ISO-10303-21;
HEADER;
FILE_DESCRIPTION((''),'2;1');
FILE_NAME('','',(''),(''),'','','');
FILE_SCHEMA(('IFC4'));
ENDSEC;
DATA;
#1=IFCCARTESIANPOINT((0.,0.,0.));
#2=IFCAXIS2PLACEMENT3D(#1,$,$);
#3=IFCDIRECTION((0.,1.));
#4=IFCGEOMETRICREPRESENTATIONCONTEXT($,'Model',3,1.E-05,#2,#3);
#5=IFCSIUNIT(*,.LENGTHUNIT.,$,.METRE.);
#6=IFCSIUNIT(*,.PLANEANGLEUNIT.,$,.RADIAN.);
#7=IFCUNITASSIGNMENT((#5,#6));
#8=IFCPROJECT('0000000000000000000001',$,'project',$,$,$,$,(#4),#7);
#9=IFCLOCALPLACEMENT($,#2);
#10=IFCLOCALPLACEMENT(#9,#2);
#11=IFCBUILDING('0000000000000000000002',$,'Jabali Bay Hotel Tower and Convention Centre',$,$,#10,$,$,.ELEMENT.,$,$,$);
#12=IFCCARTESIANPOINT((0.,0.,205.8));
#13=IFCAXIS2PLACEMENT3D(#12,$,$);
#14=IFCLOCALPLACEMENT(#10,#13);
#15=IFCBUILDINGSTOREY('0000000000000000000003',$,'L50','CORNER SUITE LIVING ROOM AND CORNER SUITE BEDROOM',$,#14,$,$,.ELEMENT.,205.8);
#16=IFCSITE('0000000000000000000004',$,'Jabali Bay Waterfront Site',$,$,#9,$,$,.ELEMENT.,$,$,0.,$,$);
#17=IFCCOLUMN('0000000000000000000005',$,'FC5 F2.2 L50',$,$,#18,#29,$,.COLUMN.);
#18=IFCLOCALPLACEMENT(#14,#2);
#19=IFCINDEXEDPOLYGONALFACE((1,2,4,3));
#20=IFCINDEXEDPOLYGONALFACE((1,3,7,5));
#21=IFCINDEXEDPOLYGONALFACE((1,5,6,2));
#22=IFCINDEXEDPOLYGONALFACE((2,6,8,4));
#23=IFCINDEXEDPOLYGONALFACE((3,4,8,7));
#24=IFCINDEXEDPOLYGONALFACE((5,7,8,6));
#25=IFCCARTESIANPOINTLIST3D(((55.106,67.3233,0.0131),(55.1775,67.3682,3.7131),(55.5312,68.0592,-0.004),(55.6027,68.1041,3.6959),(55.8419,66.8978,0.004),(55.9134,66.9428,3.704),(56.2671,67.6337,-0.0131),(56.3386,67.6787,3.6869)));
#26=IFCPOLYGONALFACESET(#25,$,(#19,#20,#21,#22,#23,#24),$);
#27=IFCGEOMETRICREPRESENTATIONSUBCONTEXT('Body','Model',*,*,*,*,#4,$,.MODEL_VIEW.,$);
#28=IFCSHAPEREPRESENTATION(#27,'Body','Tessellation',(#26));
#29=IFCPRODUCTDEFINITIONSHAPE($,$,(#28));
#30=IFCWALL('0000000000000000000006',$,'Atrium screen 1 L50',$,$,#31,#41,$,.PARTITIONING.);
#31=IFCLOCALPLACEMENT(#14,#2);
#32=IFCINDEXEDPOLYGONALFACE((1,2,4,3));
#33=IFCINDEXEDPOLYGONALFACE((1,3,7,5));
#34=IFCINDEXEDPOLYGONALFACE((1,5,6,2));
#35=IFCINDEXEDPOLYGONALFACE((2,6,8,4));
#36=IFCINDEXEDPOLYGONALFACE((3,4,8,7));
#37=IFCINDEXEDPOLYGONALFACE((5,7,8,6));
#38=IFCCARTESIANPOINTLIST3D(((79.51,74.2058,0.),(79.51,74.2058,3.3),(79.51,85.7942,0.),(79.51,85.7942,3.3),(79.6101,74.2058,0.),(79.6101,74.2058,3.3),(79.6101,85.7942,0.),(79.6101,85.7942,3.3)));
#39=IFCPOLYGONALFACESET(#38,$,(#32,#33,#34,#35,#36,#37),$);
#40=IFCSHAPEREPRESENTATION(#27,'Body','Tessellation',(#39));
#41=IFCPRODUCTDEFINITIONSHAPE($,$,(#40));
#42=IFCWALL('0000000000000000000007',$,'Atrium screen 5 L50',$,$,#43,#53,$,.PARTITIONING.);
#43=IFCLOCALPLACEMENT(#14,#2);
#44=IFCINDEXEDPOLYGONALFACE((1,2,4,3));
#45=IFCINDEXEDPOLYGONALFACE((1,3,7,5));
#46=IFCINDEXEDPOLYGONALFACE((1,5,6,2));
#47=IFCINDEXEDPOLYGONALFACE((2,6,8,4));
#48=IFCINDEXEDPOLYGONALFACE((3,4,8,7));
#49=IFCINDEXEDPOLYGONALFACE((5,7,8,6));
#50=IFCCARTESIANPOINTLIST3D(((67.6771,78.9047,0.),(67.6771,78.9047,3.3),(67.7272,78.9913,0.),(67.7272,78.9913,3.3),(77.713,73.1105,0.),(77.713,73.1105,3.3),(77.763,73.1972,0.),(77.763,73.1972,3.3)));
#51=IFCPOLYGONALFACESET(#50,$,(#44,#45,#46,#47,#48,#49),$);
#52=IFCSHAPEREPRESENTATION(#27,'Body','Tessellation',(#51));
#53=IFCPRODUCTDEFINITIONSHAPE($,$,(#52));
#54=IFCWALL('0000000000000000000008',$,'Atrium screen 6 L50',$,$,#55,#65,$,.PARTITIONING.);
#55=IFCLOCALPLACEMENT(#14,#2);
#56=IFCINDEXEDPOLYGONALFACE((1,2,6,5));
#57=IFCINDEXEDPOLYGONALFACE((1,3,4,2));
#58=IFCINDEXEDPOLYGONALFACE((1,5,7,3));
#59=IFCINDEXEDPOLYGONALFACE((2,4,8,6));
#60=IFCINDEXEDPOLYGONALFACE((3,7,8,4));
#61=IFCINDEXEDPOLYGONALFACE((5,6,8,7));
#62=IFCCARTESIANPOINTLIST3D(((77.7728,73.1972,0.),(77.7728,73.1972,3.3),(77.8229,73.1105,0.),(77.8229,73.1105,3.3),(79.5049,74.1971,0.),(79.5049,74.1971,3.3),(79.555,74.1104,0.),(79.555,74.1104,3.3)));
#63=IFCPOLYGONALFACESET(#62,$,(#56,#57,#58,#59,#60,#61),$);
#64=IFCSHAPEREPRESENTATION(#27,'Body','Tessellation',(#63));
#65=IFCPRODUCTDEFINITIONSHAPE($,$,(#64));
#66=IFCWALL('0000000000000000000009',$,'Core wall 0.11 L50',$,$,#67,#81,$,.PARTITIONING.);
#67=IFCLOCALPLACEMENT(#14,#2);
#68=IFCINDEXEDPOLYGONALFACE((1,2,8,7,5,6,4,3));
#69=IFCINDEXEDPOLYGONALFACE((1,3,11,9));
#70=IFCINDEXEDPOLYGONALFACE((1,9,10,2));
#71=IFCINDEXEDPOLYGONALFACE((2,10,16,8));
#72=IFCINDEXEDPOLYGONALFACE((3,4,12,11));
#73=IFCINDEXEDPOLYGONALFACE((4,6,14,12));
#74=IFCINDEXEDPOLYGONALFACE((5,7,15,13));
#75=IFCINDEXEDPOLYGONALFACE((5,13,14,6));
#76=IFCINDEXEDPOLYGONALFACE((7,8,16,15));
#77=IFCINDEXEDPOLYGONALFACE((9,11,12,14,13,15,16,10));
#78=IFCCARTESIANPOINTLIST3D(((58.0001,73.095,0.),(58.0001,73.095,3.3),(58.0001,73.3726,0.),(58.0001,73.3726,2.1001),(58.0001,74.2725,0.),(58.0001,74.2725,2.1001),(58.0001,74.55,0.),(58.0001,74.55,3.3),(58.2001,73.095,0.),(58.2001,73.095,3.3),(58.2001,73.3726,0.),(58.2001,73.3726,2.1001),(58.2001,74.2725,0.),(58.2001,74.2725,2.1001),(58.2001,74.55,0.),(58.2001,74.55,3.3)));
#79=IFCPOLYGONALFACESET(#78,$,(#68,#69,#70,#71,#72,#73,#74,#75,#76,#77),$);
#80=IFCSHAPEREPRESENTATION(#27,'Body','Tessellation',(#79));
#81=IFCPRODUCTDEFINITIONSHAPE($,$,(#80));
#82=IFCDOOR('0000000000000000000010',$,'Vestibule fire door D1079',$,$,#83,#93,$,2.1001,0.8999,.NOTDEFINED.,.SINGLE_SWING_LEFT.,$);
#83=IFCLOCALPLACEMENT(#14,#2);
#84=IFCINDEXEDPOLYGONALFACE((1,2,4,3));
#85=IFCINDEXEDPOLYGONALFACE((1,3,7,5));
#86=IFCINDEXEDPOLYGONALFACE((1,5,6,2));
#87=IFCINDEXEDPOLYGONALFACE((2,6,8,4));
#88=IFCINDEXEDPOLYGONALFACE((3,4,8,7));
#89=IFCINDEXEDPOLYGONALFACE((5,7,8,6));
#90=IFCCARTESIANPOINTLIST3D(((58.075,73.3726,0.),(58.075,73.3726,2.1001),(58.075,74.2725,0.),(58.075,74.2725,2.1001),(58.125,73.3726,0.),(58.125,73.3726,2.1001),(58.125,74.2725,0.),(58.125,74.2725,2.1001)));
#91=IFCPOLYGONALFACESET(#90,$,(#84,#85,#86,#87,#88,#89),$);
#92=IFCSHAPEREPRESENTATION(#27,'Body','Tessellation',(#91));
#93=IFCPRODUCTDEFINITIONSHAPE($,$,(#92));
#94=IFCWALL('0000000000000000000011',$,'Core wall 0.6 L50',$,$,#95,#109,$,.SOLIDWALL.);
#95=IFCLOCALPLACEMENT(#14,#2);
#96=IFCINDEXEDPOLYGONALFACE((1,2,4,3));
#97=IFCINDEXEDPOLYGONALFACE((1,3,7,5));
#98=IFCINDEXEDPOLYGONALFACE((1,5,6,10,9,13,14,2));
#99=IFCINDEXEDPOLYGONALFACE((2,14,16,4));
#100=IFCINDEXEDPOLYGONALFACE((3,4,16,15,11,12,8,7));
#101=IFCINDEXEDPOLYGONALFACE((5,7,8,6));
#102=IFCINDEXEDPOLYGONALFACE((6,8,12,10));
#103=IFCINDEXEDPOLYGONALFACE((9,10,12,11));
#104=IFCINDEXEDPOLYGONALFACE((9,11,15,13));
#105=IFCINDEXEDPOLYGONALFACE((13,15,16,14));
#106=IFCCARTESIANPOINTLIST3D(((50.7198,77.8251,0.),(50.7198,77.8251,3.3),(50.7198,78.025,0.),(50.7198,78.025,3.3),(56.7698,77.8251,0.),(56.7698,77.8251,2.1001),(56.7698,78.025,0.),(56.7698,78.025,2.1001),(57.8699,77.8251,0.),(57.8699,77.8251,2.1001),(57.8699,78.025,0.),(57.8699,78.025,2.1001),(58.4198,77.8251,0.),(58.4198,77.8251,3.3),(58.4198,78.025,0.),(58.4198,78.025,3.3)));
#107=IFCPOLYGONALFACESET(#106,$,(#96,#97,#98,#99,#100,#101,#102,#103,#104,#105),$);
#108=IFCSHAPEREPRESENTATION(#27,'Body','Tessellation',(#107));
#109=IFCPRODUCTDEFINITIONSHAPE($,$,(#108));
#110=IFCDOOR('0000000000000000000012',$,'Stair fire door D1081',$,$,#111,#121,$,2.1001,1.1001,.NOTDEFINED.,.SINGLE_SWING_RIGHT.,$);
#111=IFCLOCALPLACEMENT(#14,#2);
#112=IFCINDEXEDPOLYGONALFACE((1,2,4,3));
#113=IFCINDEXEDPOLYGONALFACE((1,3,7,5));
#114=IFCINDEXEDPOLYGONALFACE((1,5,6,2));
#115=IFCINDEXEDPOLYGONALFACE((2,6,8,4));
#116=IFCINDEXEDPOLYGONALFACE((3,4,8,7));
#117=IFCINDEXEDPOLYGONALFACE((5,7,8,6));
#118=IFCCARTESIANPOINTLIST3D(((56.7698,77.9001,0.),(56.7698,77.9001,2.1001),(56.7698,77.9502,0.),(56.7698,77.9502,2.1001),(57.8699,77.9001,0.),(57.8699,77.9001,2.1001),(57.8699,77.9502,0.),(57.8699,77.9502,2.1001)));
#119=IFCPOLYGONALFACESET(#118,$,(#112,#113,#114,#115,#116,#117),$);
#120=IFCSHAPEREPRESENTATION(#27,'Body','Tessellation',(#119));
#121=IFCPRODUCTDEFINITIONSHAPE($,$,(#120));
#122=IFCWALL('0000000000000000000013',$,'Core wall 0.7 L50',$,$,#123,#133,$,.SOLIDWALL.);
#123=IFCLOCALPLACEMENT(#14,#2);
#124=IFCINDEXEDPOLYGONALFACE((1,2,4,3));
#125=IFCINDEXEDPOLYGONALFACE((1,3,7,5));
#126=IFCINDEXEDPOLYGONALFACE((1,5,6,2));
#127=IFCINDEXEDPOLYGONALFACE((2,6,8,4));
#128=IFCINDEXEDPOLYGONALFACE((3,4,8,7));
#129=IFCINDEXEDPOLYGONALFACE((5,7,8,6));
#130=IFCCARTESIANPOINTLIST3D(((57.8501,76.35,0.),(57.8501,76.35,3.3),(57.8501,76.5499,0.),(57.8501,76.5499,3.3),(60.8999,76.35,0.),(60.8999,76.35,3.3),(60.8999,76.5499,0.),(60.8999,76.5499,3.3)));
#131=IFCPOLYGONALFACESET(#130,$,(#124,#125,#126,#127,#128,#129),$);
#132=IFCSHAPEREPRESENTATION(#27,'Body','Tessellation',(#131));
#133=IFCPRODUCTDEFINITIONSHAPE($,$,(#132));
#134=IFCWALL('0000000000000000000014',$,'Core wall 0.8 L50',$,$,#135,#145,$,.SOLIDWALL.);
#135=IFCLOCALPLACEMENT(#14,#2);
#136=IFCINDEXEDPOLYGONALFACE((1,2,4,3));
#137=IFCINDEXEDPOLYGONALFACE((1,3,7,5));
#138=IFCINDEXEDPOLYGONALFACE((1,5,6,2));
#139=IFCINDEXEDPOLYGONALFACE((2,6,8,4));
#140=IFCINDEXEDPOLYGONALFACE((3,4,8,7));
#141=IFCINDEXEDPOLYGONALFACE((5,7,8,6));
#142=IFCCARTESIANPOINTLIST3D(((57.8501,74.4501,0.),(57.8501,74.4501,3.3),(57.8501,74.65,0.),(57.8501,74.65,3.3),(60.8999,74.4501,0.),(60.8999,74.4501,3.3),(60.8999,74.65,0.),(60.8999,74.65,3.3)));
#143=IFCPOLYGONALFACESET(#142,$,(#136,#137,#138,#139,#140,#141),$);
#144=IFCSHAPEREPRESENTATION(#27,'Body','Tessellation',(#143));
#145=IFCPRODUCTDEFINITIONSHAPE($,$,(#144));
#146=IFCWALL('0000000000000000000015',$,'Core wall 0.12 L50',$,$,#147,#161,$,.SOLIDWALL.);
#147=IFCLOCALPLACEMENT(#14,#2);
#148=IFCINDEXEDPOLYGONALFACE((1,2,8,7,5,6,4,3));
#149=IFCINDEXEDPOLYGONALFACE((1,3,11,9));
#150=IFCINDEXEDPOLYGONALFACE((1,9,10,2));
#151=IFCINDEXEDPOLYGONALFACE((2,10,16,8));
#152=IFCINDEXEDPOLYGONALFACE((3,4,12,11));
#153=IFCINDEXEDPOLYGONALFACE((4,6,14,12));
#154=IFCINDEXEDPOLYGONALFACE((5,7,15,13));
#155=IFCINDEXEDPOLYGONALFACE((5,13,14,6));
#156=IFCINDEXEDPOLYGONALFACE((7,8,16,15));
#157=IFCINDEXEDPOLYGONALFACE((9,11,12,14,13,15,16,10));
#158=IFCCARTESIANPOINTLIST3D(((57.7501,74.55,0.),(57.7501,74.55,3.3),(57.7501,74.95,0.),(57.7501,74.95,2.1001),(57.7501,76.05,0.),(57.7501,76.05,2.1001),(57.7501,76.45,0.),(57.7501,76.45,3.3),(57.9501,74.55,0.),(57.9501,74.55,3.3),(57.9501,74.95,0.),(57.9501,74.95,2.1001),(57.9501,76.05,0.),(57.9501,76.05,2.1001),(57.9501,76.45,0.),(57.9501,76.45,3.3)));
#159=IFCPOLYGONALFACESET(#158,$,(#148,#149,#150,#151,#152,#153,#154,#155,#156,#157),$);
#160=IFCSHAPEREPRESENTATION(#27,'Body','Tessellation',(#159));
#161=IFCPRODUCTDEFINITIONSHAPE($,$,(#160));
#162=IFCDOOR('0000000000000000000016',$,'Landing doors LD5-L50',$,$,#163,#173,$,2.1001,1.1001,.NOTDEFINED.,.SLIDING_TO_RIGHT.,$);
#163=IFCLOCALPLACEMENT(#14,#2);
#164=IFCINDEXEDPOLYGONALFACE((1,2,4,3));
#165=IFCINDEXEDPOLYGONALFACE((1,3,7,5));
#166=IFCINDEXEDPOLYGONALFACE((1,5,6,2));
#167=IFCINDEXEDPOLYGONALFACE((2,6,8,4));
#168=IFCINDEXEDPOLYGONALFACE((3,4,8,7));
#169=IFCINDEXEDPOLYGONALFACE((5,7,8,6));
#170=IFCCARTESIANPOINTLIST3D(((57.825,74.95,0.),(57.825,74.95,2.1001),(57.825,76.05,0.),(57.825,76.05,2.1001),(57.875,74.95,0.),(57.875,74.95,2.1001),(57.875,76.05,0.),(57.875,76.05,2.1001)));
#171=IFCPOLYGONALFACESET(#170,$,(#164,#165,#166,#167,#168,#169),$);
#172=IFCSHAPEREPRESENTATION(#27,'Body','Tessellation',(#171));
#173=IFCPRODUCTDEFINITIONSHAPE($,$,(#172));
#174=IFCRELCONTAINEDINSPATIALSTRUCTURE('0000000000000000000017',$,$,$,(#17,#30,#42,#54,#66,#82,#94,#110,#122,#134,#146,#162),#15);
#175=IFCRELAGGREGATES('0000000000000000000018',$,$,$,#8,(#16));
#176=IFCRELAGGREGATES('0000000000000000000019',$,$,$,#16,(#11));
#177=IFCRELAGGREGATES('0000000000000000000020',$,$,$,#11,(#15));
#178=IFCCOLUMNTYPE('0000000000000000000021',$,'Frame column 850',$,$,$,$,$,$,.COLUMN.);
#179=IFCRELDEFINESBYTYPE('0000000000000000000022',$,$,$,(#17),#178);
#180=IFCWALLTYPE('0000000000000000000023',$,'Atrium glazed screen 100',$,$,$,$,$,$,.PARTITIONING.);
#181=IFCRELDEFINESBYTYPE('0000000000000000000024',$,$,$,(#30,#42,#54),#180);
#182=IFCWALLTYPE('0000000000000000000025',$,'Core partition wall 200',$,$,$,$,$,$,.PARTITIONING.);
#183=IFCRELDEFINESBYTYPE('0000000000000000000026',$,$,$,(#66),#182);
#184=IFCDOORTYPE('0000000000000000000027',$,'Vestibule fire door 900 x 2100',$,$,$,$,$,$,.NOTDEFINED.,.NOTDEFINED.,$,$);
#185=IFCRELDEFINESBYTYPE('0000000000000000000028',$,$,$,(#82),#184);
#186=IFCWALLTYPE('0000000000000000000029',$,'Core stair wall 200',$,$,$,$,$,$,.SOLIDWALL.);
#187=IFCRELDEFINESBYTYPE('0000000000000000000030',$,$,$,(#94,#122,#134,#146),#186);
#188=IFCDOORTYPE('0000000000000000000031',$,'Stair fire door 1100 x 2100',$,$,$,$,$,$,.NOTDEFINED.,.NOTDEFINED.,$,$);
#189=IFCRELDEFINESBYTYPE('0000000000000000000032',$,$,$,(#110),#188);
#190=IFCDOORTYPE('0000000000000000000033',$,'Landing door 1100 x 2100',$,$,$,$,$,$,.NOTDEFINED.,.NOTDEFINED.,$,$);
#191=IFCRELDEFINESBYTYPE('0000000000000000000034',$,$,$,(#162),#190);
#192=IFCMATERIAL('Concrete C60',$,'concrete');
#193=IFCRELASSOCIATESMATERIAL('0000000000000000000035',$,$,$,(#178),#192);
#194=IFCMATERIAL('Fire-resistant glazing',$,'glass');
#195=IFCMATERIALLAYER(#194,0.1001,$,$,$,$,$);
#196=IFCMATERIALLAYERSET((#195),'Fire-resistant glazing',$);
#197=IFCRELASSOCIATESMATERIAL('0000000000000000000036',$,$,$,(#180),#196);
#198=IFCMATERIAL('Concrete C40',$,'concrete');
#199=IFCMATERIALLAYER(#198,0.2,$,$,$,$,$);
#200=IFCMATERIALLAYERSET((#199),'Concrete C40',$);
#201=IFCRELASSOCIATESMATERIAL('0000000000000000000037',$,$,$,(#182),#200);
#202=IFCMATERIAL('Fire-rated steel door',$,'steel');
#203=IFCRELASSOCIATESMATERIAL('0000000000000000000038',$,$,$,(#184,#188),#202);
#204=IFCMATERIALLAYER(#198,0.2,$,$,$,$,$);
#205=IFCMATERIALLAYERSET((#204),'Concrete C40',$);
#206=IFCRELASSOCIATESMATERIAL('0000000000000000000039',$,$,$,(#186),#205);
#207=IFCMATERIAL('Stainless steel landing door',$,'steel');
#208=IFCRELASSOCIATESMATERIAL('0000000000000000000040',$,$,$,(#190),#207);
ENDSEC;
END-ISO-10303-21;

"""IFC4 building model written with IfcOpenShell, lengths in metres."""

from ifc_helpers import new_model, si_unit, direction, frame, frame_2d, origin, origin_2d, place, context, subcontext, project, spatial, rectangle, extrude, material, layer, layer_set, material_profile, profile_set, type_object, element, fill, save


model = new_model("IFC4")

# Units and contexts
model_context = context("Model", 3, precision=1e-05, world=origin(), true_north=direction((0.0, 1.0)))
body_context = subcontext(model_context, "Body", "Model", "MODEL_VIEW")
ifc_project = project(units=[si_unit("LENGTHUNIT", "METRE"), si_unit("PLANEANGLEUNIT", "RADIAN")], contexts=[model_context])

# Site, building, storey
site_placement = place(None, origin())
site = spatial("IfcSite", under=ifc_project, at=site_placement, Name="Jabali Bay Waterfront Site", CompositionType="ELEMENT", RefElevation=0.0)
building_placement = place(site_placement, origin())
building = spatial("IfcBuilding", under=site, at=building_placement, Name="Jabali Bay Hotel Tower and Convention Centre", CompositionType="ELEMENT")
storey_placement = place(building_placement, frame((0.0, 0.0, 205.8)))
storey = spatial("IfcBuildingStorey", under=building, at=storey_placement, Name="L50", Description="CORNER SUITE LIVING ROOM AND CORNER SUITE BEDROOM", CompositionType="ELEMENT", Elevation=205.8)

# Column
ifc_material_1 = material(Name="Concrete C60", Category="concrete")
ifc_material_profile = material_profile(ifc_material_1, rectangle(XDim=0.8501, YDim=0.8501, at=origin_2d()), Name="Frame column 850")
ifc_profile_set = profile_set([ifc_material_profile], Name="Concrete C60")
column_type = type_object("IfcColumnType", Name="Frame column 850", PredefinedType="COLUMN", material=ifc_profile_set)
column_placement = place(storey_placement, frame((55.6865, 67.4785, 0.0), z_axis=(0.019329, 0.012138, 0.99974), x_axis=(-0.865689, 0.500469, 0.010661)))
element("IfcColumn", 1, at=column_placement, inside=storey, type_object=column_type, Name="FC5 F2.2 L50", PredefinedType="COLUMN", context=body_context, shape_type="SweptSolid", body=[
    extrude(rectangle(XDim=0.8501, YDim=0.8501, at=origin_2d()), origin(), (0.0, 0.0, 1.0), 3.7009),
])

# Walls
ifc_material_2 = material(Name="Fire-resistant glazing", Category="glass")
ifc_layer_1 = layer(ifc_material_2, 0.1001)
ifc_layer_set_1 = layer_set([ifc_layer_1], Name="Fire-resistant glazing")
wall_type_1 = type_object("IfcWallType", Name="Atrium glazed screen 100", PredefinedType="PARTITIONING", material=ifc_layer_set_1)
for number, where, z_axis, x_axis, name in (
    (2, (79.5601, 74.2058, 0.0), (0.0, 0.0, 1.0), (0.0, 1.0, 0.0), "Atrium screen 1 L50"),
    (3, (67.7021, 78.948, 0.0), (0.0, 0.0, 1.0), (0.866027, -0.499998, 0.0), "Atrium screen 5 L50"),
):
    element("IfcWall", number, at=place(storey_placement, frame(where, z_axis=z_axis, x_axis=x_axis)), inside=storey, type_object=wall_type_1, Name=name, PredefinedType="PARTITIONING", context=body_context, shape_type="SweptSolid", body=[
        extrude(rectangle(XDim=11.5884, YDim=0.1001, at=frame_2d((5.7942, 0.0))), origin(), (0.0, 0.0, 1.0), 3.3),
    ])
wall_1_placement = place(storey_placement, frame((77.7979, 73.1538, 0.0), z_axis=(0.0, 0.0, 1.0), x_axis=(0.866041, 0.499973, 0.0)))
element("IfcWall", 4, at=wall_1_placement, inside=storey, type_object=wall_type_1, Name="Atrium screen 6 L50", PredefinedType="PARTITIONING", context=body_context, shape_type="SweptSolid", body=[
    extrude(rectangle(XDim=2.0, YDim=0.1001, at=frame_2d((1.0, 0.0))), origin(), (0.0, 0.0, 1.0), 3.3),
])

# Walls, openings, doors
ifc_material_3 = material(Name="Concrete C40", Category="concrete")
ifc_layer_2 = layer(ifc_material_3, 0.2)
ifc_layer_set_2 = layer_set([ifc_layer_2], Name="Concrete C40")
wall_type_2 = type_object("IfcWallType", Name="Core partition wall 200", PredefinedType="PARTITIONING", material=ifc_layer_set_2)
wall_2_placement = place(storey_placement, frame((58.1001, 74.55, 0.0), z_axis=(0.0, 0.0, 1.0), x_axis=(0.0, -1.0, 0.0)))
wall_2 = element("IfcWall", 5, at=wall_2_placement, inside=storey, type_object=wall_type_2, Name="Core wall 0.11 L50", PredefinedType="PARTITIONING", context=body_context, shape_type="SweptSolid", body=[
    extrude(rectangle(XDim=1.4551, YDim=0.2, at=frame_2d((0.7275, 0.0))), origin(), (0.0, 0.0, 1.0), 3.3),
])
opening_1_placement = place(wall_2_placement, frame((0.2776, 0.0, 0.0)))
opening_1 = element("IfcOpeningElement", 6, at=opening_1_placement, cuts=wall_2, PredefinedType="OPENING", context=body_context, shape_type="SweptSolid", body=[
    extrude(rectangle(XDim=0.8999, YDim=2.1001, at=frame_2d((0.45, 1.05))), frame((0.0, 0.1104, 0.0), z_axis=(0.0, -1.0, 0.0), x_axis=(1.0, 0.0, 0.0)), (0.0, 0.0, 1.0), 0.2209),
])
ifc_material_4 = material(Name="Fire-rated steel door", Category="steel")
door_type_1 = type_object("IfcDoorType", Name="Vestibule fire door 900 x 2100", OperationType="NOTDEFINED", PredefinedType="NOTDEFINED", material=ifc_material_4)
door_1_placement = place(opening_1_placement, origin())
door_1 = element("IfcDoor", 7, at=door_1_placement, inside=storey, type_object=door_type_1, Name="Vestibule fire door D1079", OperationType="SINGLE_SWING_LEFT", OverallHeight=2.1001, OverallWidth=0.8999, PredefinedType="NOTDEFINED", context=body_context, shape_type="SweptSolid", body=[
    extrude(rectangle(XDim=0.8999, YDim=2.1001, at=frame_2d((0.45, 1.05))), frame((0.0, 0.0249, 0.0), z_axis=(0.0, -1.0, 0.0), x_axis=(1.0, 0.0, 0.0)), (0.0, 0.0, 1.0), 0.05),
])
fill(opening_1, door_1)
ifc_layer_3 = layer(ifc_material_3, 0.2)
ifc_layer_set_3 = layer_set([ifc_layer_3], Name="Concrete C40")
wall_type_3 = type_object("IfcWallType", Name="Core stair wall 200", PredefinedType="SOLIDWALL", material=ifc_layer_set_3)
wall_3_placement = place(storey_placement, frame((58.4199, 77.925, 0.0), z_axis=(0.0, 0.0, 1.0), x_axis=(-1.0, 0.0, 0.0)))
wall_3 = element("IfcWall", 8, at=wall_3_placement, inside=storey, type_object=wall_type_3, Name="Core wall 0.6 L50", PredefinedType="SOLIDWALL", context=body_context, shape_type="SweptSolid", body=[
    extrude(rectangle(XDim=7.7, YDim=0.2, at=frame_2d((3.8501, 0.0))), origin(), (0.0, 0.0, 1.0), 3.3),
])
opening_2_placement = place(wall_3_placement, frame((0.55, 0.0, 0.0)))
opening_2 = element("IfcOpeningElement", 9, at=opening_2_placement, cuts=wall_3, PredefinedType="OPENING", context=body_context, shape_type="SweptSolid", body=[
    extrude(rectangle(XDim=1.1001, YDim=2.1001, at=frame_2d((0.55, 1.05))), frame((0.0, 0.1104, 0.0), z_axis=(0.0, -1.0, 0.0), x_axis=(1.0, 0.0, 0.0)), (0.0, 0.0, 1.0), 0.2209),
])
door_type_2 = type_object("IfcDoorType", Name="Stair fire door 1100 x 2100", OperationType="NOTDEFINED", PredefinedType="NOTDEFINED", material=ifc_material_4)
door_2_placement = place(opening_2_placement, origin())
door_2 = element("IfcDoor", 10, at=door_2_placement, inside=storey, type_object=door_type_2, Name="Stair fire door D1081", OperationType="SINGLE_SWING_RIGHT", OverallHeight=2.1001, OverallWidth=1.1001, PredefinedType="NOTDEFINED", context=body_context, shape_type="SweptSolid", body=[
    extrude(rectangle(XDim=1.1001, YDim=2.1001, at=frame_2d((0.55, 1.05))), frame((0.0, 0.0249, 0.0), z_axis=(0.0, -1.0, 0.0), x_axis=(1.0, 0.0, 0.0)), (0.0, 0.0, 1.0), 0.05),
])
fill(opening_2, door_2)

# Walls
for number, where, z_axis, x_axis, name in (
    (11, (60.8999, 76.45, 0.0), (0.0, 0.0, 1.0), (-1.0, 0.0, 0.0), "Core wall 0.7 L50"),
    (12, (60.8999, 74.55, 0.0), (0.0, 0.0, 1.0), (-1.0, 0.0, 0.0), "Core wall 0.8 L50"),
):
    element("IfcWall", number, at=place(storey_placement, frame(where, z_axis=z_axis, x_axis=x_axis)), inside=storey, type_object=wall_type_3, Name=name, PredefinedType="SOLIDWALL", context=body_context, shape_type="SweptSolid", body=[
        extrude(rectangle(XDim=3.0498, YDim=0.2, at=frame_2d((1.5249, 0.0))), origin(), (0.0, 0.0, 1.0), 3.3),
    ])

# Wall, opening, door
wall_4_placement = place(storey_placement, frame((57.8501, 76.45, 0.0), z_axis=(0.0, 0.0, 1.0), x_axis=(0.0, -1.0, 0.0)))
wall_4 = element("IfcWall", 13, at=wall_4_placement, inside=storey, type_object=wall_type_3, Name="Core wall 0.12 L50", PredefinedType="SOLIDWALL", context=body_context, shape_type="SweptSolid", body=[
    extrude(rectangle(XDim=1.8999, YDim=0.2, at=frame_2d((0.95, 0.0))), origin(), (0.0, 0.0, 1.0), 3.3),
])
opening_3_placement = place(wall_4_placement, frame((0.3999, 0.0, 0.0)))
opening_3 = element("IfcOpeningElement", 14, at=opening_3_placement, cuts=wall_4, PredefinedType="OPENING", context=body_context, shape_type="SweptSolid", body=[
    extrude(rectangle(XDim=1.1001, YDim=2.1001, at=frame_2d((0.55, 1.05))), frame((0.0, 0.1104, 0.0), z_axis=(0.0, -1.0, 0.0), x_axis=(1.0, 0.0, 0.0)), (0.0, 0.0, 1.0), 0.2209),
])
ifc_material_5 = material(Name="Stainless steel landing door", Category="steel")
door_type_3 = type_object("IfcDoorType", Name="Landing door 1100 x 2100", OperationType="NOTDEFINED", PredefinedType="NOTDEFINED", material=ifc_material_5)
door_3_placement = place(opening_3_placement, origin())
door_3 = element("IfcDoor", 15, at=door_3_placement, inside=storey, type_object=door_type_3, Name="Landing doors LD5-L50", OperationType="SLIDING_TO_RIGHT", OverallHeight=2.1001, OverallWidth=1.1001, PredefinedType="NOTDEFINED", context=body_context, shape_type="SweptSolid", body=[
    extrude(rectangle(XDim=1.1001, YDim=2.1001, at=frame_2d((0.55, 1.05))), frame((0.0, 0.0249, 0.0), z_axis=(0.0, -1.0, 0.0), x_axis=(1.0, 0.0, 0.0)), (0.0, 0.0, 1.0), 0.05),
])
fill(opening_3, door_3)

save(model, "model.ifc")
